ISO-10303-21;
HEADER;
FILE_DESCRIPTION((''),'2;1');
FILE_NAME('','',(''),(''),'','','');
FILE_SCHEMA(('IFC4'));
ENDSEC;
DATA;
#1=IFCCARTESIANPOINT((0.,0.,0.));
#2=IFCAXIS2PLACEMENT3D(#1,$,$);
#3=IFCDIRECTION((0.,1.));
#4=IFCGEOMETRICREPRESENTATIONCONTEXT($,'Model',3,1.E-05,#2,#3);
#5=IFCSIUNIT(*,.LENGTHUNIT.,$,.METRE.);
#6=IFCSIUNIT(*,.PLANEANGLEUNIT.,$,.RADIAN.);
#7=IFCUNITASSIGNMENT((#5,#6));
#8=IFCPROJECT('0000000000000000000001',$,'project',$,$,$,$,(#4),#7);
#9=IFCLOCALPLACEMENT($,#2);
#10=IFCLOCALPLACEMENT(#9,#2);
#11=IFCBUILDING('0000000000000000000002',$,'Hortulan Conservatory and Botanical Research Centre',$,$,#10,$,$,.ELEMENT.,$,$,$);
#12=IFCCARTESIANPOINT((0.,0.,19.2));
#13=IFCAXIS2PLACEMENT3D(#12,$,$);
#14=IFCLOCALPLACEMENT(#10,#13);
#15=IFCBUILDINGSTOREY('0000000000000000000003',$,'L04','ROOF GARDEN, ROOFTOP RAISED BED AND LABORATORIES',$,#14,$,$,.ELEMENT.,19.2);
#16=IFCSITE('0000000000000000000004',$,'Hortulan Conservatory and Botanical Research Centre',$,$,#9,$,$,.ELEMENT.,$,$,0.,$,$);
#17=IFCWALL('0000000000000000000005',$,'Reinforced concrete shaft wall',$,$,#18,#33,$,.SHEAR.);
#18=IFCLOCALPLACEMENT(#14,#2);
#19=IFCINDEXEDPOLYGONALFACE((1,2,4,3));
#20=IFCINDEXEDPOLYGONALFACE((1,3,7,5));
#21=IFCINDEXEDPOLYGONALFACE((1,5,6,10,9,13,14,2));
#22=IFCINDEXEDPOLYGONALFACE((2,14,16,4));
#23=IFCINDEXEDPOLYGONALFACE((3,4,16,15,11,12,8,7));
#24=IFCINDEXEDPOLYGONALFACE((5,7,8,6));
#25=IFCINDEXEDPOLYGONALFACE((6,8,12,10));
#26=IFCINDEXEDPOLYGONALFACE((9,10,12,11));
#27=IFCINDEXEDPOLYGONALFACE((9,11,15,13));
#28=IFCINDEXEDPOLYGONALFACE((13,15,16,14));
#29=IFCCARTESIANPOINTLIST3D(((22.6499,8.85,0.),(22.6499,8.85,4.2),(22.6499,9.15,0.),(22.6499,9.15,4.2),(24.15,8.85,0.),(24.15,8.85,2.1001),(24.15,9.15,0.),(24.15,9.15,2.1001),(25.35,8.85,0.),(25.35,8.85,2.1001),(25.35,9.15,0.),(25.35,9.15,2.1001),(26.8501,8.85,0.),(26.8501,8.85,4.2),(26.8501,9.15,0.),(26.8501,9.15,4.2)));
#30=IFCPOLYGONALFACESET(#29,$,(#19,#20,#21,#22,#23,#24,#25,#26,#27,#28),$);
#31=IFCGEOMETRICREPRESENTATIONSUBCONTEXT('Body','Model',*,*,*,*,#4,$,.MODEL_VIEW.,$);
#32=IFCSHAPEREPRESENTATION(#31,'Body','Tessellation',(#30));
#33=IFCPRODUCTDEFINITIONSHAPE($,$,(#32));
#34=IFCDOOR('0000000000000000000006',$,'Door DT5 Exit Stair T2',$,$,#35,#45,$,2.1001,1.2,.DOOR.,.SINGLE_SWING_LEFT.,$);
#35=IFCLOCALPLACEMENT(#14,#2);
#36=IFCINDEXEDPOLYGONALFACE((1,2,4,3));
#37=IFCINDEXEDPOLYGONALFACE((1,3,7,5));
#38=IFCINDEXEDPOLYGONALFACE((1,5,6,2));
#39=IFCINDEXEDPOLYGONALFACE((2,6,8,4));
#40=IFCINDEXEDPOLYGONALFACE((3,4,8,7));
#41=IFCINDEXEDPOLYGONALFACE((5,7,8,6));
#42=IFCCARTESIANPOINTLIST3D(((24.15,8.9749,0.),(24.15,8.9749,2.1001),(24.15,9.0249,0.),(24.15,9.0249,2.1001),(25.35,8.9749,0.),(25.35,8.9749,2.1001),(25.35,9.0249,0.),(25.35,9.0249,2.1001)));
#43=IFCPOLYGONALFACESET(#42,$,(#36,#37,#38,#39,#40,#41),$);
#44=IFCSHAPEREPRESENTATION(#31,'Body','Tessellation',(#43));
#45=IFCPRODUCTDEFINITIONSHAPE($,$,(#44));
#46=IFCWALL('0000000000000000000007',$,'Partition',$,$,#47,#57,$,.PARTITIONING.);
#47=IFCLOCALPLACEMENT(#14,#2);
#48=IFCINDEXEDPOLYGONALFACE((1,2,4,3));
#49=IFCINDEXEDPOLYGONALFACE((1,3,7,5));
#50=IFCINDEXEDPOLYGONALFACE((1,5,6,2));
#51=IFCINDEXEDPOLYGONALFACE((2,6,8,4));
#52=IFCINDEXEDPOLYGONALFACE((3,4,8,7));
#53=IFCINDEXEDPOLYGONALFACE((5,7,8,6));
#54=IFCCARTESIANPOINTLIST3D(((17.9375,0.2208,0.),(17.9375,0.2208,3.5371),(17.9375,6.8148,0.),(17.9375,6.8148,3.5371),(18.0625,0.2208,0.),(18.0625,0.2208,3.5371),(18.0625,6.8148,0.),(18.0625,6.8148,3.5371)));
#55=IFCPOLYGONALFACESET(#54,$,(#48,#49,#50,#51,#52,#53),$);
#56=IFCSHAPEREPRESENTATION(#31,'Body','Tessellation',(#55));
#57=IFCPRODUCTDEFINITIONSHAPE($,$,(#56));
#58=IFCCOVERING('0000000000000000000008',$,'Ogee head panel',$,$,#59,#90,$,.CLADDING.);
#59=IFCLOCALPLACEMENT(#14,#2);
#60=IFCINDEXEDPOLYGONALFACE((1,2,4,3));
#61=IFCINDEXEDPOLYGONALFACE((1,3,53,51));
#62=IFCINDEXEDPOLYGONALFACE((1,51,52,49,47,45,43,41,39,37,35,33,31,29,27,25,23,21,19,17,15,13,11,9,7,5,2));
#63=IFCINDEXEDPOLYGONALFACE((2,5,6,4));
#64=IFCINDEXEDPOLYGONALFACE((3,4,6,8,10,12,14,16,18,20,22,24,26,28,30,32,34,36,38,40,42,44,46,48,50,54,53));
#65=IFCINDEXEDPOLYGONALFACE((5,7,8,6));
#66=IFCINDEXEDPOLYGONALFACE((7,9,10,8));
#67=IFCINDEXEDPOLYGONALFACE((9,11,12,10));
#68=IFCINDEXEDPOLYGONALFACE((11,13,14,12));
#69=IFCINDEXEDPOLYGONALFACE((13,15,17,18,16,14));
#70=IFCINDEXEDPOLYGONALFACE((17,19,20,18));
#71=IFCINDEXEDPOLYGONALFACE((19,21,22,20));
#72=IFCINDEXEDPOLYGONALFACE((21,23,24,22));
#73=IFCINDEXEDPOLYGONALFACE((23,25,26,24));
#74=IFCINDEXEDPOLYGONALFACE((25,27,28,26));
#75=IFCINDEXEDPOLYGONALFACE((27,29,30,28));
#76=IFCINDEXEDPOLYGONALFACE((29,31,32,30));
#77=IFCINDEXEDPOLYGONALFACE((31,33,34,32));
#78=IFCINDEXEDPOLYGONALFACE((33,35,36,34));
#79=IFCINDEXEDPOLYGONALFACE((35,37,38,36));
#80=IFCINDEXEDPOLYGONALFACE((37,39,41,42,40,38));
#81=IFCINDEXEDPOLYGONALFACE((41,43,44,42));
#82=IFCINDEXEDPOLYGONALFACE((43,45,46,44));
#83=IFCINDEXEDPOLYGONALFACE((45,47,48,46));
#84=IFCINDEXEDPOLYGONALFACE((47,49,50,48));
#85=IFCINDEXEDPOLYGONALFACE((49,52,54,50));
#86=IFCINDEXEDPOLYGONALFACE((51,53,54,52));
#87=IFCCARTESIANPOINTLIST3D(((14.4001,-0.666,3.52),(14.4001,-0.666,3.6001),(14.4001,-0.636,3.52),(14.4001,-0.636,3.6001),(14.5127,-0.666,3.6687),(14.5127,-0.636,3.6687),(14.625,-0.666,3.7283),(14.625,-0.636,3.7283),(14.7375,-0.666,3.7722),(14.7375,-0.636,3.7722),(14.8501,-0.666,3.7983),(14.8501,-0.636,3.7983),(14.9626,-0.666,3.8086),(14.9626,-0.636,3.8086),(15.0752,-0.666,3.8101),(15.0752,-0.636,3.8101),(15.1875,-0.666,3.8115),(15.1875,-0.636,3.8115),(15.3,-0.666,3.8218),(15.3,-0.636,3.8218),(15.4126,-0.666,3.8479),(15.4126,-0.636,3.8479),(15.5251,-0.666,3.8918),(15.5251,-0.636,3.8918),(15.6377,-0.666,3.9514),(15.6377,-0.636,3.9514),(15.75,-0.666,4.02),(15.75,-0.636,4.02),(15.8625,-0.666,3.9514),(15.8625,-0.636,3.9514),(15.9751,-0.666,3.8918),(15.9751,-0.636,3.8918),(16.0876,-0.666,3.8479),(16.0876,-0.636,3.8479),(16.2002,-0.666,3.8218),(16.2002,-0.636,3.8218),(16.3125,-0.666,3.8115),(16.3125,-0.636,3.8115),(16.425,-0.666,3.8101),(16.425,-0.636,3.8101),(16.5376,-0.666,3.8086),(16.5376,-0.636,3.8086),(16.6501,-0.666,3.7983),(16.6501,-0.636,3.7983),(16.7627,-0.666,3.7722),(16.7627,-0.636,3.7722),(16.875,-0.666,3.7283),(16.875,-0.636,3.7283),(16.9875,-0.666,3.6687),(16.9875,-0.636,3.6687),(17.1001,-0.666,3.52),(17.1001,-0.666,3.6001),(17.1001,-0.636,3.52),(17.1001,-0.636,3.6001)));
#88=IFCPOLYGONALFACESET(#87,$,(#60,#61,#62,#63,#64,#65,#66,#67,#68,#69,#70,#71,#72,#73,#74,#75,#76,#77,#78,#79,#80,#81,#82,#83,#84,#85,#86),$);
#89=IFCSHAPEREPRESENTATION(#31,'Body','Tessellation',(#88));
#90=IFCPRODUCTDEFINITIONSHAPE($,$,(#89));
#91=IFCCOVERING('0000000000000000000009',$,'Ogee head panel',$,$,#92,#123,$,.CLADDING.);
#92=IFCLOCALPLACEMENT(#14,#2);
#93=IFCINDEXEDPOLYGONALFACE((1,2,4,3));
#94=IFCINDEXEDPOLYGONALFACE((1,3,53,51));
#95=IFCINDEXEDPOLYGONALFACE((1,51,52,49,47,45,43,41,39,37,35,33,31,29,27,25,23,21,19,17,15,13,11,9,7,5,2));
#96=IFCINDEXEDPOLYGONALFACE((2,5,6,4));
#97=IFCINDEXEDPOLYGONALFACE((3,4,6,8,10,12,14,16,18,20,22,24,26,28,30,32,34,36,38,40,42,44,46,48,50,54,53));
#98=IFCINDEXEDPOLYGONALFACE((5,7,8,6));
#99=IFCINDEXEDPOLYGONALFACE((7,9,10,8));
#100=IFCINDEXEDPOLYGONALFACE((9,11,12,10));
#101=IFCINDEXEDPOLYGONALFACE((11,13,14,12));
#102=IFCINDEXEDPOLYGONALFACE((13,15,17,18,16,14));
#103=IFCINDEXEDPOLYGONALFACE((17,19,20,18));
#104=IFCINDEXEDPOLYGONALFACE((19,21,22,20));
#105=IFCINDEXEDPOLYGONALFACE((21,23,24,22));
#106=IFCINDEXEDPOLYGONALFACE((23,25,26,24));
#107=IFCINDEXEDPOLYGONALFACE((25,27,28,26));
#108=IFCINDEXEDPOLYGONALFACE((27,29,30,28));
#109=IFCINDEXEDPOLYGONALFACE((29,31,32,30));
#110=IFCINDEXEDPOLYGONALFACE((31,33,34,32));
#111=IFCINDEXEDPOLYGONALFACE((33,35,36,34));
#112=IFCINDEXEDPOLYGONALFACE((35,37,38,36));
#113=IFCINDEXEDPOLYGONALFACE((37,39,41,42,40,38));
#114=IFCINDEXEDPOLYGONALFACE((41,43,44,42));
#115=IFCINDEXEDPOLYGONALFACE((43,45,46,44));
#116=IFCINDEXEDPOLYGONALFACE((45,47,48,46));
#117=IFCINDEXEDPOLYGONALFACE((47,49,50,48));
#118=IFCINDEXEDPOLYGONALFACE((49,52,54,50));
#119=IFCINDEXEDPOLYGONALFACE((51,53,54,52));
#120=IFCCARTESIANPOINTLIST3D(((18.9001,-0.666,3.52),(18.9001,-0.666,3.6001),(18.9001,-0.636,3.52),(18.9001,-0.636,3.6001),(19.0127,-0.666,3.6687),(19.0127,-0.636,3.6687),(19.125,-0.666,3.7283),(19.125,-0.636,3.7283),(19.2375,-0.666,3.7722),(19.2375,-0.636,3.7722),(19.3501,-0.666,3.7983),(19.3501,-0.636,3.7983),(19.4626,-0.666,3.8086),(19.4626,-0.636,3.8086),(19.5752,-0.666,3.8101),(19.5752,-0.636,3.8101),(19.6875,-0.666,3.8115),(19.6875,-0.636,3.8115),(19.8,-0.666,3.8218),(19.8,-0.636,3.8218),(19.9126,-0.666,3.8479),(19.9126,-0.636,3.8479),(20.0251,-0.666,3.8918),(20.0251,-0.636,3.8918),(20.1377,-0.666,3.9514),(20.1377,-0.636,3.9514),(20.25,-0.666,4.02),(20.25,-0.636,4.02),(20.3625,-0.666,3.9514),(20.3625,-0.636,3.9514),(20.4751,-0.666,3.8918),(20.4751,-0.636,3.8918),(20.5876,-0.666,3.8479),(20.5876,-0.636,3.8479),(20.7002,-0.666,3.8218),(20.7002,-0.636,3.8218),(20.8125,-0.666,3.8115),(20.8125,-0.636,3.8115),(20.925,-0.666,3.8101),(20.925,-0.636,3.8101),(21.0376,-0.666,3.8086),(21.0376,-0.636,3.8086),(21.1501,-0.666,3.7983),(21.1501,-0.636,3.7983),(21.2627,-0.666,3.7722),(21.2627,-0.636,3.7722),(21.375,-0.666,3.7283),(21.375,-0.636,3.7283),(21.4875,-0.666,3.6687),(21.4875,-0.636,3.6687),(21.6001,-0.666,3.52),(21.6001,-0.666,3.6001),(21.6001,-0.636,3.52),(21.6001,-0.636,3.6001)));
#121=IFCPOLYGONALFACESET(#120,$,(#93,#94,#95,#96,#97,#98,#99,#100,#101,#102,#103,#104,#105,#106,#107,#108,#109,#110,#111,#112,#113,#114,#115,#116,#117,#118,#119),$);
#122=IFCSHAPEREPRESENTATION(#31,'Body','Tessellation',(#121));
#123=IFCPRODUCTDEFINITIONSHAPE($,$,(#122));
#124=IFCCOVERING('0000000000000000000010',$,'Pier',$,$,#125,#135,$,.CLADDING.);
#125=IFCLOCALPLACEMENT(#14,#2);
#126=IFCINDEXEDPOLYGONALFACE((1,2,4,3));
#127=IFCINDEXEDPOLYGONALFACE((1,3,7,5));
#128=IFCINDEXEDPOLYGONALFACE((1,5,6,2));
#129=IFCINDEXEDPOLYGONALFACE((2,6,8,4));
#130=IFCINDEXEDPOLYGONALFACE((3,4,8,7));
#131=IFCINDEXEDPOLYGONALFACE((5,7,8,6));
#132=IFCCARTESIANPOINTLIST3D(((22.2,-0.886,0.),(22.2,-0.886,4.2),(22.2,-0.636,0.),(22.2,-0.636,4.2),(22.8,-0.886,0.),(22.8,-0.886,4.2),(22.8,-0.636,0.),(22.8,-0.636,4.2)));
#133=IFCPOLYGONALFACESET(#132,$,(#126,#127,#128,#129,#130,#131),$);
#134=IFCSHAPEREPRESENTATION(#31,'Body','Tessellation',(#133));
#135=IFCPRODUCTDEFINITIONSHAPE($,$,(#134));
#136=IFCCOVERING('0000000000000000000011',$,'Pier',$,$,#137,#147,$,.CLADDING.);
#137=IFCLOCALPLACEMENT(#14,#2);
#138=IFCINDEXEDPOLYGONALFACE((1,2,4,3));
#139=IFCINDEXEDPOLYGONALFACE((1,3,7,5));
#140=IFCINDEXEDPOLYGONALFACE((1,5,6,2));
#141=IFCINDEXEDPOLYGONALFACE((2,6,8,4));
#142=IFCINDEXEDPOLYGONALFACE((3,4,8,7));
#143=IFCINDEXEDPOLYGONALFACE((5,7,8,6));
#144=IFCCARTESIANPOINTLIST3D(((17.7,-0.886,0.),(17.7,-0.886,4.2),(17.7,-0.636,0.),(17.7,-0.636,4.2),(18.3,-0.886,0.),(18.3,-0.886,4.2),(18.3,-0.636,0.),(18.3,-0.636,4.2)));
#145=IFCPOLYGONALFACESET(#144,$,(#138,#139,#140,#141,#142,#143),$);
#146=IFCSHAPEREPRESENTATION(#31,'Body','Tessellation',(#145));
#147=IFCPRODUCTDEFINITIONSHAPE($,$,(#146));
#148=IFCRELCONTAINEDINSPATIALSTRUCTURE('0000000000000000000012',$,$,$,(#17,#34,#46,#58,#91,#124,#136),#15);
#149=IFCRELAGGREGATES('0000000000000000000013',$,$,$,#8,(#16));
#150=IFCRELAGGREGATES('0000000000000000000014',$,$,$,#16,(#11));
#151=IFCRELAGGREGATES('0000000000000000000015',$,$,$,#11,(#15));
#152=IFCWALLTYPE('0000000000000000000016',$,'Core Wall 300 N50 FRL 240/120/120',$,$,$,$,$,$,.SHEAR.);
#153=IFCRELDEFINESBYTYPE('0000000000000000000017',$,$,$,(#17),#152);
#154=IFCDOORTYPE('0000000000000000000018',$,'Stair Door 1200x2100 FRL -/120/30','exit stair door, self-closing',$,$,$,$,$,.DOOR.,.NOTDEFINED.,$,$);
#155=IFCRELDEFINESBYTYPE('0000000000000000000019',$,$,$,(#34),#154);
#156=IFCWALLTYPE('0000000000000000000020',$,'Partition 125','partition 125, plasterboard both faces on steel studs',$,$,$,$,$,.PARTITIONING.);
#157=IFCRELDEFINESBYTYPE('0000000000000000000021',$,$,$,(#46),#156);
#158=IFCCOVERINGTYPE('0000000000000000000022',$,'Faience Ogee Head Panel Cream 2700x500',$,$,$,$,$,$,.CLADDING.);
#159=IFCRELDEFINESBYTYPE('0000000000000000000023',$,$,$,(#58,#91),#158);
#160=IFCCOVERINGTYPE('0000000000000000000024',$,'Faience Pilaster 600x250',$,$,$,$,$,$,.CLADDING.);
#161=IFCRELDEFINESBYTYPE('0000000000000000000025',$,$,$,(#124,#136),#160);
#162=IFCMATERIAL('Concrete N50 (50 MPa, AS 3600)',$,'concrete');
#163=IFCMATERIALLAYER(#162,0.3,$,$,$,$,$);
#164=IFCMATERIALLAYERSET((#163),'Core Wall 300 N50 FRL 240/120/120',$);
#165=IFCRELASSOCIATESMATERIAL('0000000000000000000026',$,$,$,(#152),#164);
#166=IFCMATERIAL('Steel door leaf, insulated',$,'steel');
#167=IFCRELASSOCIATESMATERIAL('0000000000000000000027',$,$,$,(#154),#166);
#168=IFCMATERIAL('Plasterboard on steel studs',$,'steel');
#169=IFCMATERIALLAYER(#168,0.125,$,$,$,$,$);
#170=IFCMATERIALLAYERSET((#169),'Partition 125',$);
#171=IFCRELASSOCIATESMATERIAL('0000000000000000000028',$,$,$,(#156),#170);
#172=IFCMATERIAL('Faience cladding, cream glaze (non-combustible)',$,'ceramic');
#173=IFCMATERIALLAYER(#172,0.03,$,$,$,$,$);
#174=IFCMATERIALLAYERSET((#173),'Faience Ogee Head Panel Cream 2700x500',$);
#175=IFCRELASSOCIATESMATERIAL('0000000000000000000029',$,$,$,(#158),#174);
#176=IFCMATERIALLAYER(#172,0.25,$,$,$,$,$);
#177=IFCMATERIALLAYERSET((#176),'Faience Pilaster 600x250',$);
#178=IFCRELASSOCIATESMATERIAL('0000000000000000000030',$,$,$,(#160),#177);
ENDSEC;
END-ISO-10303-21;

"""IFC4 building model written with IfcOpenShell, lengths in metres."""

from ifc_helpers import new_model, si_unit, direction, frame, frame_2d, origin, origin_2d, place, context, subcontext, project, spatial, polyline, rectangle, outline, extrude, material, layer, layer_set, type_object, element, fill, save


model = new_model("IFC4")

# Units and contexts
model_context = context("Model", 3, precision=1e-05, world=origin(), true_north=direction((0.0, 1.0)))
body_context = subcontext(model_context, "Body", "Model", "MODEL_VIEW")
ifc_project = project(units=[si_unit("LENGTHUNIT", "METRE"), si_unit("PLANEANGLEUNIT", "RADIAN")], contexts=[model_context])

# Site, building, storey
site_placement = place(None, origin())
site = spatial("IfcSite", under=ifc_project, at=site_placement, Name="Hortulan Conservatory and Botanical Research Centre", CompositionType="ELEMENT", RefElevation=0.0)
building_placement = place(site_placement, origin())
building = spatial("IfcBuilding", under=site, at=building_placement, Name="Hortulan Conservatory and Botanical Research Centre", CompositionType="ELEMENT")
storey_placement = place(building_placement, frame((0.0, 0.0, 19.2)))
storey = spatial("IfcBuildingStorey", under=building, at=storey_placement, Name="L04", Description="ROOF GARDEN, ROOFTOP RAISED BED AND LABORATORIES", CompositionType="ELEMENT", Elevation=19.2)

# Shared definitions
ifc_material_1 = material(Name="Concrete N50 (50 MPa, AS 3600)", Category="concrete")
ifc_layer_1 = layer(ifc_material_1, 0.3)
ifc_layer_set_1 = layer_set([ifc_layer_1], Name="Core Wall 300 N50 FRL 240/120/120")
wall_type_1 = type_object("IfcWallType", Name="Core Wall 300 N50 FRL 240/120/120", PredefinedType="SHEAR", material=ifc_layer_set_1)

# Wall, opening, door
wall_1_placement = place(storey_placement, frame((22.6499, 9.0, 0.0), z_axis=(0.0, 0.0, 1.0), x_axis=(1.0, 0.0, 0.0)))
wall_1 = element("IfcWall", 1, at=wall_1_placement, inside=storey, type_object=wall_type_1, Name="Reinforced concrete shaft wall", PredefinedType="SHEAR", context=body_context, shape_type="SweptSolid", body=[
    extrude(rectangle(XDim=4.2002, YDim=0.3, at=frame_2d((2.1001, 0.0))), origin(), (0.0, 0.0, 1.0), 4.2),
])
opening_1_placement = place(wall_1_placement, frame((1.5, 0.0, 0.0)))
opening_1 = element("IfcOpeningElement", 2, at=opening_1_placement, cuts=wall_1, PredefinedType="OPENING", context=body_context, shape_type="SweptSolid", body=[
    extrude(rectangle(XDim=1.2, YDim=2.1001, at=frame_2d((0.6001, 1.05))), frame((0.0, 0.1599, 0.0), z_axis=(0.0, -1.0, 0.0), x_axis=(1.0, 0.0, 0.0)), (0.0, 0.0, 1.0), 0.3201),
])
ifc_material_2 = material(Name="Steel door leaf, insulated", Category="steel")
door_type_1 = type_object("IfcDoorType", Name="Stair Door 1200x2100 FRL -/120/30", Description="exit stair door, self-closing", OperationType="NOTDEFINED", PredefinedType="DOOR", material=ifc_material_2)
door_1_placement = place(opening_1_placement, origin())
door_1 = element("IfcDoor", 3, at=door_1_placement, inside=storey, type_object=door_type_1, Name="Door DT5 Exit Stair T2", OperationType="SINGLE_SWING_LEFT", OverallHeight=2.1001, OverallWidth=1.2, PredefinedType="DOOR", context=body_context, shape_type="SweptSolid", body=[
    extrude(rectangle(XDim=1.2, YDim=2.1001, at=frame_2d((0.6001, 1.05))), frame((0.0, 0.0249, 0.0), z_axis=(0.0, -1.0, 0.0), x_axis=(1.0, 0.0, 0.0)), (0.0, 0.0, 1.0), 0.05),
])
fill(opening_1, door_1)

# Wall
ifc_material_3 = material(Name="Plasterboard on steel studs", Category="steel")
ifc_layer_2 = layer(ifc_material_3, 0.125)
ifc_layer_set_2 = layer_set([ifc_layer_2], Name="Partition 125")
wall_type_2 = type_object("IfcWallType", Name="Partition 125", Description="partition 125, plasterboard both faces on steel studs", PredefinedType="PARTITIONING", material=ifc_layer_set_2)
wall_2_placement = place(storey_placement, frame((18.0, 0.2209, 0.0), z_axis=(0.0, 0.0, 1.0), x_axis=(0.0, 1.0, 0.0)))
element("IfcWall", 4, at=wall_2_placement, inside=storey, type_object=wall_type_2, Name="Partition", PredefinedType="PARTITIONING", context=body_context, shape_type="SweptSolid", body=[
    extrude(rectangle(XDim=6.594, YDim=0.125, at=frame_2d((3.2969, 0.0))), origin(), (0.0, 0.0, 1.0), 3.5371),
])

# Coverings
ifc_material_4 = material(Name="Faience cladding, cream glaze (non-combustible)", Category="ceramic")
ifc_layer_3 = layer(ifc_material_4, 0.03)
ifc_layer_set_3 = layer_set([ifc_layer_3], Name="Faience Ogee Head Panel Cream 2700x500")
covering_type_1 = type_object("IfcCoveringType", Name="Faience Ogee Head Panel Cream 2700x500", PredefinedType="CLADDING", material=ifc_layer_set_3)
for number, where, z_axis, x_axis, name in (
    (5, (17.1001, -0.6509, 3.52), (0.0, 0.0, 1.0), (-1.0, 0.0, 0.0), "Ogee head panel"),
    (6, (21.6001, -0.6509, 3.52), (0.0, 0.0, 1.0), (-1.0, 0.0, 0.0), "Ogee head panel"),
):
    element("IfcCovering", number, at=place(storey_placement, frame(where, z_axis=z_axis, x_axis=x_axis)), inside=storey, type_object=covering_type_1, Name=name, PredefinedType="CLADDING", context=body_context, shape_type="SweptSolid", body=[
        extrude(outline(polyline([(0.0, 0.0), (2.7, 0.0), (2.7, 0.0801), (2.5874, 0.1487), (2.4751, 0.2083), (2.3625, 0.2522), (2.25, 0.2783), (2.1375, 0.2886), (2.0249, 0.29), (1.9126, 0.2915), (1.8, 0.3018), (1.6875, 0.3279), (1.575, 0.3718), (1.4624, 0.4314), (1.3501, 0.5), (1.2375, 0.4314), (1.125, 0.3718), (1.0125, 0.3279), (0.8999, 0.3018), (0.7876, 0.2915), (0.675, 0.29), (0.5625, 0.2886), (0.45, 0.2783), (0.3374, 0.2522), (0.2251, 0.2083), (0.1125, 0.1487), (0.0, 0.0801), (0.0, 0.0)])), frame((0.0, 0.0151, 0.0), z_axis=(0.0, -1.0, 0.0), x_axis=(1.0, 0.0, 0.0)), (0.0, 0.0, 1.0), 0.03),
    ])
ifc_layer_4 = layer(ifc_material_4, 0.25)
ifc_layer_set_4 = layer_set([ifc_layer_4], Name="Faience Pilaster 600x250")
covering_type_2 = type_object("IfcCoveringType", Name="Faience Pilaster 600x250", PredefinedType="CLADDING", material=ifc_layer_set_4)
for number, where, z_axis, x_axis, name in (
    (7, (22.5, -0.761, 0.0), (0.0, 0.0, 1.0), (-1.0, 0.0, 0.0), "Pier"),
    (8, (18.0, -0.761, 0.0), (0.0, 0.0, 1.0), (-1.0, 0.0, 0.0), "Pier"),
):
    element("IfcCovering", number, at=place(storey_placement, frame(where, z_axis=z_axis, x_axis=x_axis)), inside=storey, type_object=covering_type_2, Name=name, PredefinedType="CLADDING", context=body_context, shape_type="SweptSolid", body=[
        extrude(rectangle(XDim=0.6001, YDim=0.25, at=origin_2d()), origin(), (0.0, 0.0, 1.0), 4.2),
    ])

save(model, "model.ifc")
